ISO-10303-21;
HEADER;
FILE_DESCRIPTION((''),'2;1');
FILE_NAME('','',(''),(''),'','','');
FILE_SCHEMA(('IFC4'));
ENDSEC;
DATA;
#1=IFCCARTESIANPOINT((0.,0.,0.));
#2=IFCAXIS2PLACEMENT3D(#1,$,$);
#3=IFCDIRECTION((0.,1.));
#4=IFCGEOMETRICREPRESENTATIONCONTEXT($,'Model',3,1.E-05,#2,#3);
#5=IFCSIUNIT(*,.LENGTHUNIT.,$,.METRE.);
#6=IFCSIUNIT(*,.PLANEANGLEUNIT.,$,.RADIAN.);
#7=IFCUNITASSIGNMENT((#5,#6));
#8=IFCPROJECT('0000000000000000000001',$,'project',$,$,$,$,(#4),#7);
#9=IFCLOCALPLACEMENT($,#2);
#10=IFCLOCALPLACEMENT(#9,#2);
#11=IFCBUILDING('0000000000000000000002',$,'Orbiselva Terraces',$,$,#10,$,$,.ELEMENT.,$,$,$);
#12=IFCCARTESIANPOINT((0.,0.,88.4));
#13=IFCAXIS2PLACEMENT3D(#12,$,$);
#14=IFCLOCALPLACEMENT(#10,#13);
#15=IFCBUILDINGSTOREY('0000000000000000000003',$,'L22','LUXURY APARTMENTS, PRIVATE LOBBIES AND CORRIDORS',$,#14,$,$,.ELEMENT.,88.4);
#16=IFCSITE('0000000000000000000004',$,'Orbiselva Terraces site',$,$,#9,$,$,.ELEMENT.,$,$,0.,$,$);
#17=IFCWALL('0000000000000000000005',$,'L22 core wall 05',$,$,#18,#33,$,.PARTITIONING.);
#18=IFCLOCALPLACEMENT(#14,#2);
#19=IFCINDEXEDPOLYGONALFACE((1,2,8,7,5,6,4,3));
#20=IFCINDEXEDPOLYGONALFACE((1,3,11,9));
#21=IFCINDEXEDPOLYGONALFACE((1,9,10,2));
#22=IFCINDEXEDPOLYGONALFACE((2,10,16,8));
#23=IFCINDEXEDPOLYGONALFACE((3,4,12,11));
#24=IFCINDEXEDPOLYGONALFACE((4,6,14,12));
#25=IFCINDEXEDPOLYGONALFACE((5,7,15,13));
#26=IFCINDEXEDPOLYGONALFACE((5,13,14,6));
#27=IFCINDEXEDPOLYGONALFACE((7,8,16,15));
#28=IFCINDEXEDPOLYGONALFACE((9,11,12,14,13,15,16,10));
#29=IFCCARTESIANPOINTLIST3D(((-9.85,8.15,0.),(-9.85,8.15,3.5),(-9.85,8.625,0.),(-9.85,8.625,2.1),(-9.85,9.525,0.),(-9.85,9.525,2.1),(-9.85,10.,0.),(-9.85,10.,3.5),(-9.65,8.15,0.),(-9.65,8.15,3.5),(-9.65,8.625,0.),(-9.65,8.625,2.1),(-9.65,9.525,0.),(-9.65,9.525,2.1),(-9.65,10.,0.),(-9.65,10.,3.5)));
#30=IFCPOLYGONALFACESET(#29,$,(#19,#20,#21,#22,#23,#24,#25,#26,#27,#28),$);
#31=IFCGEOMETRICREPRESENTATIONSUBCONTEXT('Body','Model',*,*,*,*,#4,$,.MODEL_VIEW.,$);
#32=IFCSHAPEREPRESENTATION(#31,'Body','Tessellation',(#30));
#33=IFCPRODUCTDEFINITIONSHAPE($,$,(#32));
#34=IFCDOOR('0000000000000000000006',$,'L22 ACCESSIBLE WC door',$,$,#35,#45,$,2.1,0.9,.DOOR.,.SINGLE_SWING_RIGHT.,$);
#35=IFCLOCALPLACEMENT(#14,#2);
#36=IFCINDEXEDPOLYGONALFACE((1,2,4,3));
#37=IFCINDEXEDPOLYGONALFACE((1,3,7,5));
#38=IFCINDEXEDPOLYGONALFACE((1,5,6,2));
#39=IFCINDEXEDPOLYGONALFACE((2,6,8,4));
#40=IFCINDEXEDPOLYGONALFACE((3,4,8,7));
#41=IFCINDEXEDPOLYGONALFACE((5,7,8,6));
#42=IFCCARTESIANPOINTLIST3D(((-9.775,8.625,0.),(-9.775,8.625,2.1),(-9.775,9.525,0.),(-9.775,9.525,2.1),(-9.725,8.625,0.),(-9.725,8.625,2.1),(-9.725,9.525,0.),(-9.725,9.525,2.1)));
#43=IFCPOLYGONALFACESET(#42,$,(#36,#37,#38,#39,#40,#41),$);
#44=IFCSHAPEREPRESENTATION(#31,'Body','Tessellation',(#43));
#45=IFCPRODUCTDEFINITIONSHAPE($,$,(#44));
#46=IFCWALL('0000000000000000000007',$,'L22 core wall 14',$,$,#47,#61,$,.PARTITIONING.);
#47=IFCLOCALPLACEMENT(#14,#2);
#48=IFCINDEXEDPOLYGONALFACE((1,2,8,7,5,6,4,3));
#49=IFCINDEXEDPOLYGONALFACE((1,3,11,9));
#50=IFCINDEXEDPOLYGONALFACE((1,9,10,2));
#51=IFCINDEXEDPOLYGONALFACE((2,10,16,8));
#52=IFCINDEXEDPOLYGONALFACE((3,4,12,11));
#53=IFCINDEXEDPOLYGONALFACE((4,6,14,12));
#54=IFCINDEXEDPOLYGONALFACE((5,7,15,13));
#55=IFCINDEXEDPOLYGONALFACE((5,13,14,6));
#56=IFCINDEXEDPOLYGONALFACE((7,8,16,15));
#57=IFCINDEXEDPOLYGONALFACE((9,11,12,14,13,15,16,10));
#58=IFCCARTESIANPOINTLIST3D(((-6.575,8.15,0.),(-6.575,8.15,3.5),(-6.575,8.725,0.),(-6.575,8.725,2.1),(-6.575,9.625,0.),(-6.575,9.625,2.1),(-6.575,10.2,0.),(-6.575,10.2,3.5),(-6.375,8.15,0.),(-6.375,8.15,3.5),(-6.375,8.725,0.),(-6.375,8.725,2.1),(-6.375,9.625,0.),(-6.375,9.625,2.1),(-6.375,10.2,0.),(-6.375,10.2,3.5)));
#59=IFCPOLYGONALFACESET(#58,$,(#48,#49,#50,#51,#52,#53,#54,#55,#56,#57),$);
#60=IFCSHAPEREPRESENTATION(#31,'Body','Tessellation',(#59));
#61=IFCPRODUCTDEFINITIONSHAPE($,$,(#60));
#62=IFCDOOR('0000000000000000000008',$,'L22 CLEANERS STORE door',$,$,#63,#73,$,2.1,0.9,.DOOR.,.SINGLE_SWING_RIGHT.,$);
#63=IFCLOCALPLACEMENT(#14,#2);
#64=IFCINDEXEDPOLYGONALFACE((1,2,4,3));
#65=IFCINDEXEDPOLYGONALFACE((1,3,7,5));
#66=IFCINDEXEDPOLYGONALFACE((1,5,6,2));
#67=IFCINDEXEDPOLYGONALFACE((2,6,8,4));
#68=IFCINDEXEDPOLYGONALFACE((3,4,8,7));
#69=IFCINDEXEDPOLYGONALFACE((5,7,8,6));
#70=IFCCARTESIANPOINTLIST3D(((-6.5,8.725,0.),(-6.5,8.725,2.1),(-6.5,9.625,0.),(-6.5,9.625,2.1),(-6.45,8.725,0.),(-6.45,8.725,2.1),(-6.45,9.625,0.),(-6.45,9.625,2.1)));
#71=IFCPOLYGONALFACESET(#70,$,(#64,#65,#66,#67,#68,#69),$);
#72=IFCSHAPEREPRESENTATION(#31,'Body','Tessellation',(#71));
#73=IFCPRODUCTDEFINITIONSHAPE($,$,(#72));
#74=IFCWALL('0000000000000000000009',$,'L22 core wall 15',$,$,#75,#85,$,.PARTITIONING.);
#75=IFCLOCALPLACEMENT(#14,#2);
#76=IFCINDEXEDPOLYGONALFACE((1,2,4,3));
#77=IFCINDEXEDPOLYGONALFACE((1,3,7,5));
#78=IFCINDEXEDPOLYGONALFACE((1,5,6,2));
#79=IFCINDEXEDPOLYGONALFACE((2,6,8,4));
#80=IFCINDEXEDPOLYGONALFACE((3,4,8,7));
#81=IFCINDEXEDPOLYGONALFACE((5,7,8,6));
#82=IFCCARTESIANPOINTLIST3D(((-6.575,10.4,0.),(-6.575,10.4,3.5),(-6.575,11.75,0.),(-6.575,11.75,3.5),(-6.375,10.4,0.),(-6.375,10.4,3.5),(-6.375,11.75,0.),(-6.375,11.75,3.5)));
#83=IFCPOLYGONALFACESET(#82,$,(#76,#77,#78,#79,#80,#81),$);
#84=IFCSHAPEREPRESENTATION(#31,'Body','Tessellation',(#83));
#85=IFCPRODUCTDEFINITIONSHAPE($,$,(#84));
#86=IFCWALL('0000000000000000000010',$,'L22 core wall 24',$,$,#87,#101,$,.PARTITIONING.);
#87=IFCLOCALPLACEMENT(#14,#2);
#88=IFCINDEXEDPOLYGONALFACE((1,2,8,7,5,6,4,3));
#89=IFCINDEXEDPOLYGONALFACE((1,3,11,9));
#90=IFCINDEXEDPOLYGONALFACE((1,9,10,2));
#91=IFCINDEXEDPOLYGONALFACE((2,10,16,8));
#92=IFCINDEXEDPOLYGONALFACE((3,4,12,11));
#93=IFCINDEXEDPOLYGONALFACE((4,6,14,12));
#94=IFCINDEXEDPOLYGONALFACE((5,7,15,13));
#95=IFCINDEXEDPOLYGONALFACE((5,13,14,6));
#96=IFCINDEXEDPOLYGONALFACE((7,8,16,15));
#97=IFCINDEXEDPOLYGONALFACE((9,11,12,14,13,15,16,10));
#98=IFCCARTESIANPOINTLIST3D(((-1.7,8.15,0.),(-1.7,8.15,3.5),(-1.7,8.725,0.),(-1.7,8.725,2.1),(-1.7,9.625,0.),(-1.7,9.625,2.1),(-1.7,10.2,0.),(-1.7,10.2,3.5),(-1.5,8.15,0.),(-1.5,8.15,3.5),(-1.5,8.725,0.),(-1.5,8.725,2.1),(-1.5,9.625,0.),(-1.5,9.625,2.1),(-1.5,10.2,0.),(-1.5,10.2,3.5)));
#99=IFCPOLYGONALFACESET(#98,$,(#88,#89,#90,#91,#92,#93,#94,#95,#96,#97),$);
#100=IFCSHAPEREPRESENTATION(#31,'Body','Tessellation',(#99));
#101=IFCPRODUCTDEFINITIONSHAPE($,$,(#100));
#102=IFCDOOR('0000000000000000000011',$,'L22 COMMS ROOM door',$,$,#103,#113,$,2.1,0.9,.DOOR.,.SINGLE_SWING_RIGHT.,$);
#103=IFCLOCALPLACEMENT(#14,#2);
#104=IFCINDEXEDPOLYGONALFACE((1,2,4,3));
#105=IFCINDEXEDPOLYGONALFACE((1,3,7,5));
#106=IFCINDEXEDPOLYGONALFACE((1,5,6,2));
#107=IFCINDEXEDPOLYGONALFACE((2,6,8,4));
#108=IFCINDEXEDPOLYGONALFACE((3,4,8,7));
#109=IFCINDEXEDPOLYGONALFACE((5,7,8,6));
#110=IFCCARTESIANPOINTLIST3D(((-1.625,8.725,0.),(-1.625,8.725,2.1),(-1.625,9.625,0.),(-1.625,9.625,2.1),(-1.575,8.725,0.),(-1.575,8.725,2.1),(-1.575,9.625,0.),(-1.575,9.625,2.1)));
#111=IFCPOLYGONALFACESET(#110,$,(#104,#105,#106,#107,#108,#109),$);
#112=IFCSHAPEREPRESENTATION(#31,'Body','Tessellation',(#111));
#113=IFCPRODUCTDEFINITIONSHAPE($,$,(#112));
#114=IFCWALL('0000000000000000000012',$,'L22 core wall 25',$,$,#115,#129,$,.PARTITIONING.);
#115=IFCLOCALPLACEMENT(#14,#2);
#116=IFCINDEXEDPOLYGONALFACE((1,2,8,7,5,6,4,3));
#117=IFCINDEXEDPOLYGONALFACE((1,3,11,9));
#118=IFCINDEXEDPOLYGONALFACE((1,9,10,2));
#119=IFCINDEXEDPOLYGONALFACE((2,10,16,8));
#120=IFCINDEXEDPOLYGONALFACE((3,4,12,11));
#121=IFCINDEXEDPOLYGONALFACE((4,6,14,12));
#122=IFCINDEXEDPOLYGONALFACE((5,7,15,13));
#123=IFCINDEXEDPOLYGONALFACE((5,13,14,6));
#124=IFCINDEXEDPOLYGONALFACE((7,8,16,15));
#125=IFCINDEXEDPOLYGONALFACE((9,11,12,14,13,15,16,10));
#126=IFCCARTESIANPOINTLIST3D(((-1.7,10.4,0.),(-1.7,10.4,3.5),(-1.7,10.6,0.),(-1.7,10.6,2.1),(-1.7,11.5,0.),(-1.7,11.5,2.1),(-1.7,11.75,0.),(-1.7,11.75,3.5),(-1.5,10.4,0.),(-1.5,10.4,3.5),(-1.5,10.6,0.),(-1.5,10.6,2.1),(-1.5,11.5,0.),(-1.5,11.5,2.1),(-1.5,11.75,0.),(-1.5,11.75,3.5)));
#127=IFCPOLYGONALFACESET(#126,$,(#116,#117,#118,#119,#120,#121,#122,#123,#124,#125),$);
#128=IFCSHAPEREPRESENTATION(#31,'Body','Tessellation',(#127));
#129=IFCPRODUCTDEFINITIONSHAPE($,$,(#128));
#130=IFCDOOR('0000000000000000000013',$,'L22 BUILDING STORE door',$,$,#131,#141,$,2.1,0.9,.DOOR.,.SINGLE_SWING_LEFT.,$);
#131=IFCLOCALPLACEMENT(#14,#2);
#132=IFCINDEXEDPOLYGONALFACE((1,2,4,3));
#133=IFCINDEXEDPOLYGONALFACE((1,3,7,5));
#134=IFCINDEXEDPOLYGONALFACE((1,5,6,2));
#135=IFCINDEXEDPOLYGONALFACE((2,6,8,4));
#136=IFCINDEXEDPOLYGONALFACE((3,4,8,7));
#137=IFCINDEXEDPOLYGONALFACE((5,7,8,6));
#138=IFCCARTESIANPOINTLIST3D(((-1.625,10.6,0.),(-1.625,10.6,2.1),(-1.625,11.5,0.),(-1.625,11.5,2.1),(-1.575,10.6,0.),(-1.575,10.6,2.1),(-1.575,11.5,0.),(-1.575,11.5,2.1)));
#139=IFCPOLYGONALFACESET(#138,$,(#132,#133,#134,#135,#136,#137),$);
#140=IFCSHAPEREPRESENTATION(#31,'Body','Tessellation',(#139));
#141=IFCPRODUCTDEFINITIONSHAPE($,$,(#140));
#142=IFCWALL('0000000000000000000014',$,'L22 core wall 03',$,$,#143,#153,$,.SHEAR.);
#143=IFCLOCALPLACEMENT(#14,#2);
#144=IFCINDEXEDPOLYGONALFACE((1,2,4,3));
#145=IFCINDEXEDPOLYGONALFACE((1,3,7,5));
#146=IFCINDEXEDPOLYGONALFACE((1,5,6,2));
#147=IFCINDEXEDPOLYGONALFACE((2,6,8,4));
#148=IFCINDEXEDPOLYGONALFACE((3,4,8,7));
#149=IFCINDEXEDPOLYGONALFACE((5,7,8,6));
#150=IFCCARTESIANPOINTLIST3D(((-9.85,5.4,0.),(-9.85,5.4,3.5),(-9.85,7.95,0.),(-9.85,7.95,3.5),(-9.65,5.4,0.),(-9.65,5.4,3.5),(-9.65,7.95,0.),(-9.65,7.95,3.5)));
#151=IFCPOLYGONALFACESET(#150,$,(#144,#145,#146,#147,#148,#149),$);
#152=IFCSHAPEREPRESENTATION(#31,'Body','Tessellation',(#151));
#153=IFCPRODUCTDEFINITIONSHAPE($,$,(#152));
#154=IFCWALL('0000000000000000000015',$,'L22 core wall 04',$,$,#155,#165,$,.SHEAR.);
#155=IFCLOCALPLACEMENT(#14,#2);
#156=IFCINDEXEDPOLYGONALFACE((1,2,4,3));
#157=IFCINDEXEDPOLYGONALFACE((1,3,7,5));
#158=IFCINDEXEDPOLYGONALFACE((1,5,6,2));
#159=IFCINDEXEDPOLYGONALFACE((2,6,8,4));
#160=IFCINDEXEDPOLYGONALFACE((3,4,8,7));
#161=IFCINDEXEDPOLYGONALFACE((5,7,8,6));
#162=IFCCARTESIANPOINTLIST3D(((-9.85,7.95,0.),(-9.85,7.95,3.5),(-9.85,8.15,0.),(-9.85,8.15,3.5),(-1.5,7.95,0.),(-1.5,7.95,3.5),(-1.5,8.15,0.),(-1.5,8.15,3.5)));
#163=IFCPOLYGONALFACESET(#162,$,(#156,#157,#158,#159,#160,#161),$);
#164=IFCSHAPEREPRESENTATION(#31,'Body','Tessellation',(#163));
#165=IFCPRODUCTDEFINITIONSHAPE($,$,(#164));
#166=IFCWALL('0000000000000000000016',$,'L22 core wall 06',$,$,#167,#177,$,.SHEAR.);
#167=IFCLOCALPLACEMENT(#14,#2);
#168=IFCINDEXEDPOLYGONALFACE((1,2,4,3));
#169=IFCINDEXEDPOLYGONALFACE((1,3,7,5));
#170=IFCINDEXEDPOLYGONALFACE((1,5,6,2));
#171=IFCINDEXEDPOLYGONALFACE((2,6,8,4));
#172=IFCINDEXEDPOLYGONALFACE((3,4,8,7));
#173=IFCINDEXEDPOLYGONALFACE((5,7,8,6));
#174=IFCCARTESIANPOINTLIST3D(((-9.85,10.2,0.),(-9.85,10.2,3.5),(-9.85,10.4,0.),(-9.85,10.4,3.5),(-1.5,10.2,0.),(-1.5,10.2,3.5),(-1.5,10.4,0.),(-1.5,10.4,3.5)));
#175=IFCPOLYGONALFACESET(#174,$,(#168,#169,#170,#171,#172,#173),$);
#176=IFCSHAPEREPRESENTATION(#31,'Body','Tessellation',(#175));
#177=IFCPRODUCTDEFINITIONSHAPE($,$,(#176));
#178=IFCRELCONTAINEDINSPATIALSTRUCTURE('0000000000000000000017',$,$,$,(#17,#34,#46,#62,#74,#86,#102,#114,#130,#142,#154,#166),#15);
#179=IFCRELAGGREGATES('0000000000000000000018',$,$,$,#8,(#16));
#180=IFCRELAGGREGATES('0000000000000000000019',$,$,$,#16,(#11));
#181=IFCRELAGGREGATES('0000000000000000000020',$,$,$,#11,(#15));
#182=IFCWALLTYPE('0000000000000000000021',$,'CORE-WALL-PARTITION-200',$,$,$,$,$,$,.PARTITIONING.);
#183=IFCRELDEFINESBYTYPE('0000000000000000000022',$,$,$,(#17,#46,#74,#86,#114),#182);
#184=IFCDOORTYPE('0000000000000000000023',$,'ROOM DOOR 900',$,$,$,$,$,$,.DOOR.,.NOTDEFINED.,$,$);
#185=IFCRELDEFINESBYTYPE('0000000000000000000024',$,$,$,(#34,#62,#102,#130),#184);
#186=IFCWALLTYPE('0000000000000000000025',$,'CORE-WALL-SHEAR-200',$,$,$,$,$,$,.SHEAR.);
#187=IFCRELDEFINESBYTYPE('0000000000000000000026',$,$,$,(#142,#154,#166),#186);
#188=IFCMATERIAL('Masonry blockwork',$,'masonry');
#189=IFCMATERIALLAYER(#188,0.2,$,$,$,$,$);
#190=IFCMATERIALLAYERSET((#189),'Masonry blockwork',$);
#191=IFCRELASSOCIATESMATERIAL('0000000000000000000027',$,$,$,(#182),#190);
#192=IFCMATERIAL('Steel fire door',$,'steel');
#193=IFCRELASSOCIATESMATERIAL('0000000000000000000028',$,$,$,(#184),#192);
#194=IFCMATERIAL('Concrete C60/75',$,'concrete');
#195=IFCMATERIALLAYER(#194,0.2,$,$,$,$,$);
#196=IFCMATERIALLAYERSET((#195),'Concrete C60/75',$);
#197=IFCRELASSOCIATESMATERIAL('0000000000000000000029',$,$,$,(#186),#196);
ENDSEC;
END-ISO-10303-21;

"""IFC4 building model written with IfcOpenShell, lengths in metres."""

from ifc_helpers import new_model, si_unit, direction, frame, frame_2d, origin, place, context, subcontext, project, spatial, rectangle, extrude, material, layer, layer_set, type_object, element, fill, save


model = new_model("IFC4")

# Units and contexts
model_context = context("Model", 3, precision=1e-05, world=origin(), true_north=direction((0.0, 1.0)))
body_context = subcontext(model_context, "Body", "Model", "MODEL_VIEW")
ifc_project = project(units=[si_unit("LENGTHUNIT", "METRE"), si_unit("PLANEANGLEUNIT", "RADIAN")], contexts=[model_context])

# Site, building, storey
site_placement = place(None, origin())
site = spatial("IfcSite", under=ifc_project, at=site_placement, Name="Orbiselva Terraces site", CompositionType="ELEMENT", RefElevation=0.0)
building_placement = place(site_placement, origin())
building = spatial("IfcBuilding", under=site, at=building_placement, Name="Orbiselva Terraces", CompositionType="ELEMENT")
storey_placement = place(building_placement, frame((0.0, 0.0, 88.4)))
storey = spatial("IfcBuildingStorey", under=building, at=storey_placement, Name="L22", Description="LUXURY APARTMENTS, PRIVATE LOBBIES AND CORRIDORS", CompositionType="ELEMENT", Elevation=88.4)

# Walls, openings, doors
ifc_material_1 = material(Name="Masonry blockwork", Category="masonry")
ifc_layer_1 = layer(ifc_material_1, 0.2)
ifc_layer_set_1 = layer_set([ifc_layer_1], Name="Masonry blockwork")
wall_type_1 = type_object("IfcWallType", Name="CORE-WALL-PARTITION-200", PredefinedType="PARTITIONING", material=ifc_layer_set_1)
wall_1_placement = place(storey_placement, frame((-9.75, 8.15, 0.0), z_axis=(0.0, 0.0, 1.0), x_axis=(0.0, 1.0, 0.0)))
wall_1 = element("IfcWall", 1, at=wall_1_placement, inside=storey, type_object=wall_type_1, Name="L22 core wall 05", PredefinedType="PARTITIONING", context=body_context, shape_type="SweptSolid", body=[
    extrude(rectangle(XDim=1.85, YDim=0.2, at=frame_2d((0.925, 0.0))), origin(), (0.0, 0.0, 1.0), 3.5),
])
opening_1_placement = place(wall_1_placement, frame((0.475, 0.0, 0.0)))
opening_1 = element("IfcOpeningElement", 2, at=opening_1_placement, cuts=wall_1, PredefinedType="OPENING", context=body_context, shape_type="SweptSolid", body=[
    extrude(rectangle(XDim=0.9, YDim=2.1, at=frame_2d((0.45, 1.05))), frame((0.0, 0.11, 0.0), z_axis=(0.0, -1.0, 0.0), x_axis=(1.0, 0.0, 0.0)), (0.0, 0.0, 1.0), 0.22),
])
ifc_material_2 = material(Name="Steel fire door", Category="steel")
door_type = type_object("IfcDoorType", Name="ROOM DOOR 900", OperationType="NOTDEFINED", PredefinedType="DOOR", material=ifc_material_2)
door_1_placement = place(opening_1_placement, origin())
door_1 = element("IfcDoor", 3, at=door_1_placement, inside=storey, type_object=door_type, Name="L22 ACCESSIBLE WC door", OperationType="SINGLE_SWING_RIGHT", OverallHeight=2.1, OverallWidth=0.9, PredefinedType="DOOR", context=body_context, shape_type="SweptSolid", body=[
    extrude(rectangle(XDim=0.9, YDim=2.1, at=frame_2d((0.45, 1.05))), frame((0.0, 0.025, 0.0), z_axis=(0.0, -1.0, 0.0), x_axis=(1.0, 0.0, 0.0)), (0.0, 0.0, 1.0), 0.05),
])
fill(opening_1, door_1)
wall_2_placement = place(storey_placement, frame((-6.475, 8.15, 0.0), z_axis=(0.0, 0.0, 1.0), x_axis=(0.0, 1.0, 0.0)))
wall_2 = element("IfcWall", 4, at=wall_2_placement, inside=storey, type_object=wall_type_1, Name="L22 core wall 14", PredefinedType="PARTITIONING", context=body_context, shape_type="SweptSolid", body=[
    extrude(rectangle(XDim=2.05, YDim=0.2, at=frame_2d((1.025, 0.0))), origin(), (0.0, 0.0, 1.0), 3.5),
])
opening_2_placement = place(wall_2_placement, frame((0.575, 0.0, 0.0)))
opening_2 = element("IfcOpeningElement", 5, at=opening_2_placement, cuts=wall_2, PredefinedType="OPENING", context=body_context, shape_type="SweptSolid", body=[
    extrude(rectangle(XDim=0.9, YDim=2.1, at=frame_2d((0.45, 1.05))), frame((0.0, 0.11, 0.0), z_axis=(0.0, -1.0, 0.0), x_axis=(1.0, 0.0, 0.0)), (0.0, 0.0, 1.0), 0.22),
])
door_2_placement = place(opening_2_placement, origin())
door_2 = element("IfcDoor", 6, at=door_2_placement, inside=storey, type_object=door_type, Name="L22 CLEANERS STORE door", OperationType="SINGLE_SWING_RIGHT", OverallHeight=2.1, OverallWidth=0.9, PredefinedType="DOOR", context=body_context, shape_type="SweptSolid", body=[
    extrude(rectangle(XDim=0.9, YDim=2.1, at=frame_2d((0.45, 1.05))), frame((0.0, 0.025, 0.0), z_axis=(0.0, -1.0, 0.0), x_axis=(1.0, 0.0, 0.0)), (0.0, 0.0, 1.0), 0.05),
])
fill(opening_2, door_2)

# Wall
wall_3_placement = place(storey_placement, frame((-6.475, 10.4, 0.0), z_axis=(0.0, 0.0, 1.0), x_axis=(0.0, 1.0, 0.0)))
element("IfcWall", 7, at=wall_3_placement, inside=storey, type_object=wall_type_1, Name="L22 core wall 15", PredefinedType="PARTITIONING", context=body_context, shape_type="SweptSolid", body=[
    extrude(rectangle(XDim=1.35, YDim=0.2, at=frame_2d((0.675, 0.0))), origin(), (0.0, 0.0, 1.0), 3.5),
])

# Walls, openings, doors
wall_4_placement = place(storey_placement, frame((-1.6, 8.15, 0.0), z_axis=(0.0, 0.0, 1.0), x_axis=(0.0, 1.0, 0.0)))
wall_4 = element("IfcWall", 8, at=wall_4_placement, inside=storey, type_object=wall_type_1, Name="L22 core wall 24", PredefinedType="PARTITIONING", context=body_context, shape_type="SweptSolid", body=[
    extrude(rectangle(XDim=2.05, YDim=0.2, at=frame_2d((1.025, 0.0))), origin(), (0.0, 0.0, 1.0), 3.5),
])
opening_3_placement = place(wall_4_placement, frame((0.575, 0.0, 0.0)))
opening_3 = element("IfcOpeningElement", 9, at=opening_3_placement, cuts=wall_4, PredefinedType="OPENING", context=body_context, shape_type="SweptSolid", body=[
    extrude(rectangle(XDim=0.9, YDim=2.1, at=frame_2d((0.45, 1.05))), frame((0.0, 0.11, 0.0), z_axis=(0.0, -1.0, 0.0), x_axis=(1.0, 0.0, 0.0)), (0.0, 0.0, 1.0), 0.22),
])
door_3_placement = place(opening_3_placement, origin())
door_3 = element("IfcDoor", 10, at=door_3_placement, inside=storey, type_object=door_type, Name="L22 COMMS ROOM door", OperationType="SINGLE_SWING_RIGHT", OverallHeight=2.1, OverallWidth=0.9, PredefinedType="DOOR", context=body_context, shape_type="SweptSolid", body=[
    extrude(rectangle(XDim=0.9, YDim=2.1, at=frame_2d((0.45, 1.05))), frame((0.0, 0.025, 0.0), z_axis=(0.0, -1.0, 0.0), x_axis=(1.0, 0.0, 0.0)), (0.0, 0.0, 1.0), 0.05),
])
fill(opening_3, door_3)
wall_5_placement = place(storey_placement, frame((-1.6, 10.4, 0.0), z_axis=(0.0, 0.0, 1.0), x_axis=(0.0, 1.0, 0.0)))
wall_5 = element("IfcWall", 11, at=wall_5_placement, inside=storey, type_object=wall_type_1, Name="L22 core wall 25", PredefinedType="PARTITIONING", context=body_context, shape_type="SweptSolid", body=[
    extrude(rectangle(XDim=1.35, YDim=0.2, at=frame_2d((0.675, 0.0))), origin(), (0.0, 0.0, 1.0), 3.5),
])
opening_4_placement = place(wall_5_placement, frame((0.2, 0.0, 0.0)))
opening_4 = element("IfcOpeningElement", 12, at=opening_4_placement, cuts=wall_5, PredefinedType="OPENING", context=body_context, shape_type="SweptSolid", body=[
    extrude(rectangle(XDim=0.9, YDim=2.1, at=frame_2d((0.45, 1.05))), frame((0.0, 0.11, 0.0), z_axis=(0.0, -1.0, 0.0), x_axis=(1.0, 0.0, 0.0)), (0.0, 0.0, 1.0), 0.22),
])
door_4_placement = place(opening_4_placement, origin())
door_4 = element("IfcDoor", 13, at=door_4_placement, inside=storey, type_object=door_type, Name="L22 BUILDING STORE door", OperationType="SINGLE_SWING_LEFT", OverallHeight=2.1, OverallWidth=0.9, PredefinedType="DOOR", context=body_context, shape_type="SweptSolid", body=[
    extrude(rectangle(XDim=0.9, YDim=2.1, at=frame_2d((0.45, 1.05))), frame((0.0, 0.025, 0.0), z_axis=(0.0, -1.0, 0.0), x_axis=(1.0, 0.0, 0.0)), (0.0, 0.0, 1.0), 0.05),
])
fill(opening_4, door_4)

# Walls
ifc_material_3 = material(Name="Concrete C60/75", Category="concrete")
ifc_layer_2 = layer(ifc_material_3, 0.2)
ifc_layer_set_2 = layer_set([ifc_layer_2], Name="Concrete C60/75")
wall_type_2 = type_object("IfcWallType", Name="CORE-WALL-SHEAR-200", PredefinedType="SHEAR", material=ifc_layer_set_2)
wall_6_placement = place(storey_placement, frame((-9.75, 5.4, 0.0), z_axis=(0.0, 0.0, 1.0), x_axis=(0.0, 1.0, 0.0)))
element("IfcWall", 14, at=wall_6_placement, inside=storey, type_object=wall_type_2, Name="L22 core wall 03", PredefinedType="SHEAR", context=body_context, shape_type="SweptSolid", body=[
    extrude(rectangle(XDim=2.55, YDim=0.2, at=frame_2d((1.275, 0.0))), origin(), (0.0, 0.0, 1.0), 3.5),
])
for number, where, z_axis, x_axis, name in (
    (15, (-9.85, 8.05, 0.0), (0.0, 0.0, 1.0), (1.0, 0.0, 0.0), "L22 core wall 04"),
    (16, (-9.85, 10.3, 0.0), (0.0, 0.0, 1.0), (1.0, 0.0, 0.0), "L22 core wall 06"),
):
    element("IfcWall", number, at=place(storey_placement, frame(where, z_axis=z_axis, x_axis=x_axis)), inside=storey, type_object=wall_type_2, Name=name, PredefinedType="SHEAR", context=body_context, shape_type="SweptSolid", body=[
        extrude(rectangle(XDim=8.35, YDim=0.2, at=frame_2d((4.175, 0.0))), origin(), (0.0, 0.0, 1.0), 3.5),
    ])

save(model, "model.ifc")
